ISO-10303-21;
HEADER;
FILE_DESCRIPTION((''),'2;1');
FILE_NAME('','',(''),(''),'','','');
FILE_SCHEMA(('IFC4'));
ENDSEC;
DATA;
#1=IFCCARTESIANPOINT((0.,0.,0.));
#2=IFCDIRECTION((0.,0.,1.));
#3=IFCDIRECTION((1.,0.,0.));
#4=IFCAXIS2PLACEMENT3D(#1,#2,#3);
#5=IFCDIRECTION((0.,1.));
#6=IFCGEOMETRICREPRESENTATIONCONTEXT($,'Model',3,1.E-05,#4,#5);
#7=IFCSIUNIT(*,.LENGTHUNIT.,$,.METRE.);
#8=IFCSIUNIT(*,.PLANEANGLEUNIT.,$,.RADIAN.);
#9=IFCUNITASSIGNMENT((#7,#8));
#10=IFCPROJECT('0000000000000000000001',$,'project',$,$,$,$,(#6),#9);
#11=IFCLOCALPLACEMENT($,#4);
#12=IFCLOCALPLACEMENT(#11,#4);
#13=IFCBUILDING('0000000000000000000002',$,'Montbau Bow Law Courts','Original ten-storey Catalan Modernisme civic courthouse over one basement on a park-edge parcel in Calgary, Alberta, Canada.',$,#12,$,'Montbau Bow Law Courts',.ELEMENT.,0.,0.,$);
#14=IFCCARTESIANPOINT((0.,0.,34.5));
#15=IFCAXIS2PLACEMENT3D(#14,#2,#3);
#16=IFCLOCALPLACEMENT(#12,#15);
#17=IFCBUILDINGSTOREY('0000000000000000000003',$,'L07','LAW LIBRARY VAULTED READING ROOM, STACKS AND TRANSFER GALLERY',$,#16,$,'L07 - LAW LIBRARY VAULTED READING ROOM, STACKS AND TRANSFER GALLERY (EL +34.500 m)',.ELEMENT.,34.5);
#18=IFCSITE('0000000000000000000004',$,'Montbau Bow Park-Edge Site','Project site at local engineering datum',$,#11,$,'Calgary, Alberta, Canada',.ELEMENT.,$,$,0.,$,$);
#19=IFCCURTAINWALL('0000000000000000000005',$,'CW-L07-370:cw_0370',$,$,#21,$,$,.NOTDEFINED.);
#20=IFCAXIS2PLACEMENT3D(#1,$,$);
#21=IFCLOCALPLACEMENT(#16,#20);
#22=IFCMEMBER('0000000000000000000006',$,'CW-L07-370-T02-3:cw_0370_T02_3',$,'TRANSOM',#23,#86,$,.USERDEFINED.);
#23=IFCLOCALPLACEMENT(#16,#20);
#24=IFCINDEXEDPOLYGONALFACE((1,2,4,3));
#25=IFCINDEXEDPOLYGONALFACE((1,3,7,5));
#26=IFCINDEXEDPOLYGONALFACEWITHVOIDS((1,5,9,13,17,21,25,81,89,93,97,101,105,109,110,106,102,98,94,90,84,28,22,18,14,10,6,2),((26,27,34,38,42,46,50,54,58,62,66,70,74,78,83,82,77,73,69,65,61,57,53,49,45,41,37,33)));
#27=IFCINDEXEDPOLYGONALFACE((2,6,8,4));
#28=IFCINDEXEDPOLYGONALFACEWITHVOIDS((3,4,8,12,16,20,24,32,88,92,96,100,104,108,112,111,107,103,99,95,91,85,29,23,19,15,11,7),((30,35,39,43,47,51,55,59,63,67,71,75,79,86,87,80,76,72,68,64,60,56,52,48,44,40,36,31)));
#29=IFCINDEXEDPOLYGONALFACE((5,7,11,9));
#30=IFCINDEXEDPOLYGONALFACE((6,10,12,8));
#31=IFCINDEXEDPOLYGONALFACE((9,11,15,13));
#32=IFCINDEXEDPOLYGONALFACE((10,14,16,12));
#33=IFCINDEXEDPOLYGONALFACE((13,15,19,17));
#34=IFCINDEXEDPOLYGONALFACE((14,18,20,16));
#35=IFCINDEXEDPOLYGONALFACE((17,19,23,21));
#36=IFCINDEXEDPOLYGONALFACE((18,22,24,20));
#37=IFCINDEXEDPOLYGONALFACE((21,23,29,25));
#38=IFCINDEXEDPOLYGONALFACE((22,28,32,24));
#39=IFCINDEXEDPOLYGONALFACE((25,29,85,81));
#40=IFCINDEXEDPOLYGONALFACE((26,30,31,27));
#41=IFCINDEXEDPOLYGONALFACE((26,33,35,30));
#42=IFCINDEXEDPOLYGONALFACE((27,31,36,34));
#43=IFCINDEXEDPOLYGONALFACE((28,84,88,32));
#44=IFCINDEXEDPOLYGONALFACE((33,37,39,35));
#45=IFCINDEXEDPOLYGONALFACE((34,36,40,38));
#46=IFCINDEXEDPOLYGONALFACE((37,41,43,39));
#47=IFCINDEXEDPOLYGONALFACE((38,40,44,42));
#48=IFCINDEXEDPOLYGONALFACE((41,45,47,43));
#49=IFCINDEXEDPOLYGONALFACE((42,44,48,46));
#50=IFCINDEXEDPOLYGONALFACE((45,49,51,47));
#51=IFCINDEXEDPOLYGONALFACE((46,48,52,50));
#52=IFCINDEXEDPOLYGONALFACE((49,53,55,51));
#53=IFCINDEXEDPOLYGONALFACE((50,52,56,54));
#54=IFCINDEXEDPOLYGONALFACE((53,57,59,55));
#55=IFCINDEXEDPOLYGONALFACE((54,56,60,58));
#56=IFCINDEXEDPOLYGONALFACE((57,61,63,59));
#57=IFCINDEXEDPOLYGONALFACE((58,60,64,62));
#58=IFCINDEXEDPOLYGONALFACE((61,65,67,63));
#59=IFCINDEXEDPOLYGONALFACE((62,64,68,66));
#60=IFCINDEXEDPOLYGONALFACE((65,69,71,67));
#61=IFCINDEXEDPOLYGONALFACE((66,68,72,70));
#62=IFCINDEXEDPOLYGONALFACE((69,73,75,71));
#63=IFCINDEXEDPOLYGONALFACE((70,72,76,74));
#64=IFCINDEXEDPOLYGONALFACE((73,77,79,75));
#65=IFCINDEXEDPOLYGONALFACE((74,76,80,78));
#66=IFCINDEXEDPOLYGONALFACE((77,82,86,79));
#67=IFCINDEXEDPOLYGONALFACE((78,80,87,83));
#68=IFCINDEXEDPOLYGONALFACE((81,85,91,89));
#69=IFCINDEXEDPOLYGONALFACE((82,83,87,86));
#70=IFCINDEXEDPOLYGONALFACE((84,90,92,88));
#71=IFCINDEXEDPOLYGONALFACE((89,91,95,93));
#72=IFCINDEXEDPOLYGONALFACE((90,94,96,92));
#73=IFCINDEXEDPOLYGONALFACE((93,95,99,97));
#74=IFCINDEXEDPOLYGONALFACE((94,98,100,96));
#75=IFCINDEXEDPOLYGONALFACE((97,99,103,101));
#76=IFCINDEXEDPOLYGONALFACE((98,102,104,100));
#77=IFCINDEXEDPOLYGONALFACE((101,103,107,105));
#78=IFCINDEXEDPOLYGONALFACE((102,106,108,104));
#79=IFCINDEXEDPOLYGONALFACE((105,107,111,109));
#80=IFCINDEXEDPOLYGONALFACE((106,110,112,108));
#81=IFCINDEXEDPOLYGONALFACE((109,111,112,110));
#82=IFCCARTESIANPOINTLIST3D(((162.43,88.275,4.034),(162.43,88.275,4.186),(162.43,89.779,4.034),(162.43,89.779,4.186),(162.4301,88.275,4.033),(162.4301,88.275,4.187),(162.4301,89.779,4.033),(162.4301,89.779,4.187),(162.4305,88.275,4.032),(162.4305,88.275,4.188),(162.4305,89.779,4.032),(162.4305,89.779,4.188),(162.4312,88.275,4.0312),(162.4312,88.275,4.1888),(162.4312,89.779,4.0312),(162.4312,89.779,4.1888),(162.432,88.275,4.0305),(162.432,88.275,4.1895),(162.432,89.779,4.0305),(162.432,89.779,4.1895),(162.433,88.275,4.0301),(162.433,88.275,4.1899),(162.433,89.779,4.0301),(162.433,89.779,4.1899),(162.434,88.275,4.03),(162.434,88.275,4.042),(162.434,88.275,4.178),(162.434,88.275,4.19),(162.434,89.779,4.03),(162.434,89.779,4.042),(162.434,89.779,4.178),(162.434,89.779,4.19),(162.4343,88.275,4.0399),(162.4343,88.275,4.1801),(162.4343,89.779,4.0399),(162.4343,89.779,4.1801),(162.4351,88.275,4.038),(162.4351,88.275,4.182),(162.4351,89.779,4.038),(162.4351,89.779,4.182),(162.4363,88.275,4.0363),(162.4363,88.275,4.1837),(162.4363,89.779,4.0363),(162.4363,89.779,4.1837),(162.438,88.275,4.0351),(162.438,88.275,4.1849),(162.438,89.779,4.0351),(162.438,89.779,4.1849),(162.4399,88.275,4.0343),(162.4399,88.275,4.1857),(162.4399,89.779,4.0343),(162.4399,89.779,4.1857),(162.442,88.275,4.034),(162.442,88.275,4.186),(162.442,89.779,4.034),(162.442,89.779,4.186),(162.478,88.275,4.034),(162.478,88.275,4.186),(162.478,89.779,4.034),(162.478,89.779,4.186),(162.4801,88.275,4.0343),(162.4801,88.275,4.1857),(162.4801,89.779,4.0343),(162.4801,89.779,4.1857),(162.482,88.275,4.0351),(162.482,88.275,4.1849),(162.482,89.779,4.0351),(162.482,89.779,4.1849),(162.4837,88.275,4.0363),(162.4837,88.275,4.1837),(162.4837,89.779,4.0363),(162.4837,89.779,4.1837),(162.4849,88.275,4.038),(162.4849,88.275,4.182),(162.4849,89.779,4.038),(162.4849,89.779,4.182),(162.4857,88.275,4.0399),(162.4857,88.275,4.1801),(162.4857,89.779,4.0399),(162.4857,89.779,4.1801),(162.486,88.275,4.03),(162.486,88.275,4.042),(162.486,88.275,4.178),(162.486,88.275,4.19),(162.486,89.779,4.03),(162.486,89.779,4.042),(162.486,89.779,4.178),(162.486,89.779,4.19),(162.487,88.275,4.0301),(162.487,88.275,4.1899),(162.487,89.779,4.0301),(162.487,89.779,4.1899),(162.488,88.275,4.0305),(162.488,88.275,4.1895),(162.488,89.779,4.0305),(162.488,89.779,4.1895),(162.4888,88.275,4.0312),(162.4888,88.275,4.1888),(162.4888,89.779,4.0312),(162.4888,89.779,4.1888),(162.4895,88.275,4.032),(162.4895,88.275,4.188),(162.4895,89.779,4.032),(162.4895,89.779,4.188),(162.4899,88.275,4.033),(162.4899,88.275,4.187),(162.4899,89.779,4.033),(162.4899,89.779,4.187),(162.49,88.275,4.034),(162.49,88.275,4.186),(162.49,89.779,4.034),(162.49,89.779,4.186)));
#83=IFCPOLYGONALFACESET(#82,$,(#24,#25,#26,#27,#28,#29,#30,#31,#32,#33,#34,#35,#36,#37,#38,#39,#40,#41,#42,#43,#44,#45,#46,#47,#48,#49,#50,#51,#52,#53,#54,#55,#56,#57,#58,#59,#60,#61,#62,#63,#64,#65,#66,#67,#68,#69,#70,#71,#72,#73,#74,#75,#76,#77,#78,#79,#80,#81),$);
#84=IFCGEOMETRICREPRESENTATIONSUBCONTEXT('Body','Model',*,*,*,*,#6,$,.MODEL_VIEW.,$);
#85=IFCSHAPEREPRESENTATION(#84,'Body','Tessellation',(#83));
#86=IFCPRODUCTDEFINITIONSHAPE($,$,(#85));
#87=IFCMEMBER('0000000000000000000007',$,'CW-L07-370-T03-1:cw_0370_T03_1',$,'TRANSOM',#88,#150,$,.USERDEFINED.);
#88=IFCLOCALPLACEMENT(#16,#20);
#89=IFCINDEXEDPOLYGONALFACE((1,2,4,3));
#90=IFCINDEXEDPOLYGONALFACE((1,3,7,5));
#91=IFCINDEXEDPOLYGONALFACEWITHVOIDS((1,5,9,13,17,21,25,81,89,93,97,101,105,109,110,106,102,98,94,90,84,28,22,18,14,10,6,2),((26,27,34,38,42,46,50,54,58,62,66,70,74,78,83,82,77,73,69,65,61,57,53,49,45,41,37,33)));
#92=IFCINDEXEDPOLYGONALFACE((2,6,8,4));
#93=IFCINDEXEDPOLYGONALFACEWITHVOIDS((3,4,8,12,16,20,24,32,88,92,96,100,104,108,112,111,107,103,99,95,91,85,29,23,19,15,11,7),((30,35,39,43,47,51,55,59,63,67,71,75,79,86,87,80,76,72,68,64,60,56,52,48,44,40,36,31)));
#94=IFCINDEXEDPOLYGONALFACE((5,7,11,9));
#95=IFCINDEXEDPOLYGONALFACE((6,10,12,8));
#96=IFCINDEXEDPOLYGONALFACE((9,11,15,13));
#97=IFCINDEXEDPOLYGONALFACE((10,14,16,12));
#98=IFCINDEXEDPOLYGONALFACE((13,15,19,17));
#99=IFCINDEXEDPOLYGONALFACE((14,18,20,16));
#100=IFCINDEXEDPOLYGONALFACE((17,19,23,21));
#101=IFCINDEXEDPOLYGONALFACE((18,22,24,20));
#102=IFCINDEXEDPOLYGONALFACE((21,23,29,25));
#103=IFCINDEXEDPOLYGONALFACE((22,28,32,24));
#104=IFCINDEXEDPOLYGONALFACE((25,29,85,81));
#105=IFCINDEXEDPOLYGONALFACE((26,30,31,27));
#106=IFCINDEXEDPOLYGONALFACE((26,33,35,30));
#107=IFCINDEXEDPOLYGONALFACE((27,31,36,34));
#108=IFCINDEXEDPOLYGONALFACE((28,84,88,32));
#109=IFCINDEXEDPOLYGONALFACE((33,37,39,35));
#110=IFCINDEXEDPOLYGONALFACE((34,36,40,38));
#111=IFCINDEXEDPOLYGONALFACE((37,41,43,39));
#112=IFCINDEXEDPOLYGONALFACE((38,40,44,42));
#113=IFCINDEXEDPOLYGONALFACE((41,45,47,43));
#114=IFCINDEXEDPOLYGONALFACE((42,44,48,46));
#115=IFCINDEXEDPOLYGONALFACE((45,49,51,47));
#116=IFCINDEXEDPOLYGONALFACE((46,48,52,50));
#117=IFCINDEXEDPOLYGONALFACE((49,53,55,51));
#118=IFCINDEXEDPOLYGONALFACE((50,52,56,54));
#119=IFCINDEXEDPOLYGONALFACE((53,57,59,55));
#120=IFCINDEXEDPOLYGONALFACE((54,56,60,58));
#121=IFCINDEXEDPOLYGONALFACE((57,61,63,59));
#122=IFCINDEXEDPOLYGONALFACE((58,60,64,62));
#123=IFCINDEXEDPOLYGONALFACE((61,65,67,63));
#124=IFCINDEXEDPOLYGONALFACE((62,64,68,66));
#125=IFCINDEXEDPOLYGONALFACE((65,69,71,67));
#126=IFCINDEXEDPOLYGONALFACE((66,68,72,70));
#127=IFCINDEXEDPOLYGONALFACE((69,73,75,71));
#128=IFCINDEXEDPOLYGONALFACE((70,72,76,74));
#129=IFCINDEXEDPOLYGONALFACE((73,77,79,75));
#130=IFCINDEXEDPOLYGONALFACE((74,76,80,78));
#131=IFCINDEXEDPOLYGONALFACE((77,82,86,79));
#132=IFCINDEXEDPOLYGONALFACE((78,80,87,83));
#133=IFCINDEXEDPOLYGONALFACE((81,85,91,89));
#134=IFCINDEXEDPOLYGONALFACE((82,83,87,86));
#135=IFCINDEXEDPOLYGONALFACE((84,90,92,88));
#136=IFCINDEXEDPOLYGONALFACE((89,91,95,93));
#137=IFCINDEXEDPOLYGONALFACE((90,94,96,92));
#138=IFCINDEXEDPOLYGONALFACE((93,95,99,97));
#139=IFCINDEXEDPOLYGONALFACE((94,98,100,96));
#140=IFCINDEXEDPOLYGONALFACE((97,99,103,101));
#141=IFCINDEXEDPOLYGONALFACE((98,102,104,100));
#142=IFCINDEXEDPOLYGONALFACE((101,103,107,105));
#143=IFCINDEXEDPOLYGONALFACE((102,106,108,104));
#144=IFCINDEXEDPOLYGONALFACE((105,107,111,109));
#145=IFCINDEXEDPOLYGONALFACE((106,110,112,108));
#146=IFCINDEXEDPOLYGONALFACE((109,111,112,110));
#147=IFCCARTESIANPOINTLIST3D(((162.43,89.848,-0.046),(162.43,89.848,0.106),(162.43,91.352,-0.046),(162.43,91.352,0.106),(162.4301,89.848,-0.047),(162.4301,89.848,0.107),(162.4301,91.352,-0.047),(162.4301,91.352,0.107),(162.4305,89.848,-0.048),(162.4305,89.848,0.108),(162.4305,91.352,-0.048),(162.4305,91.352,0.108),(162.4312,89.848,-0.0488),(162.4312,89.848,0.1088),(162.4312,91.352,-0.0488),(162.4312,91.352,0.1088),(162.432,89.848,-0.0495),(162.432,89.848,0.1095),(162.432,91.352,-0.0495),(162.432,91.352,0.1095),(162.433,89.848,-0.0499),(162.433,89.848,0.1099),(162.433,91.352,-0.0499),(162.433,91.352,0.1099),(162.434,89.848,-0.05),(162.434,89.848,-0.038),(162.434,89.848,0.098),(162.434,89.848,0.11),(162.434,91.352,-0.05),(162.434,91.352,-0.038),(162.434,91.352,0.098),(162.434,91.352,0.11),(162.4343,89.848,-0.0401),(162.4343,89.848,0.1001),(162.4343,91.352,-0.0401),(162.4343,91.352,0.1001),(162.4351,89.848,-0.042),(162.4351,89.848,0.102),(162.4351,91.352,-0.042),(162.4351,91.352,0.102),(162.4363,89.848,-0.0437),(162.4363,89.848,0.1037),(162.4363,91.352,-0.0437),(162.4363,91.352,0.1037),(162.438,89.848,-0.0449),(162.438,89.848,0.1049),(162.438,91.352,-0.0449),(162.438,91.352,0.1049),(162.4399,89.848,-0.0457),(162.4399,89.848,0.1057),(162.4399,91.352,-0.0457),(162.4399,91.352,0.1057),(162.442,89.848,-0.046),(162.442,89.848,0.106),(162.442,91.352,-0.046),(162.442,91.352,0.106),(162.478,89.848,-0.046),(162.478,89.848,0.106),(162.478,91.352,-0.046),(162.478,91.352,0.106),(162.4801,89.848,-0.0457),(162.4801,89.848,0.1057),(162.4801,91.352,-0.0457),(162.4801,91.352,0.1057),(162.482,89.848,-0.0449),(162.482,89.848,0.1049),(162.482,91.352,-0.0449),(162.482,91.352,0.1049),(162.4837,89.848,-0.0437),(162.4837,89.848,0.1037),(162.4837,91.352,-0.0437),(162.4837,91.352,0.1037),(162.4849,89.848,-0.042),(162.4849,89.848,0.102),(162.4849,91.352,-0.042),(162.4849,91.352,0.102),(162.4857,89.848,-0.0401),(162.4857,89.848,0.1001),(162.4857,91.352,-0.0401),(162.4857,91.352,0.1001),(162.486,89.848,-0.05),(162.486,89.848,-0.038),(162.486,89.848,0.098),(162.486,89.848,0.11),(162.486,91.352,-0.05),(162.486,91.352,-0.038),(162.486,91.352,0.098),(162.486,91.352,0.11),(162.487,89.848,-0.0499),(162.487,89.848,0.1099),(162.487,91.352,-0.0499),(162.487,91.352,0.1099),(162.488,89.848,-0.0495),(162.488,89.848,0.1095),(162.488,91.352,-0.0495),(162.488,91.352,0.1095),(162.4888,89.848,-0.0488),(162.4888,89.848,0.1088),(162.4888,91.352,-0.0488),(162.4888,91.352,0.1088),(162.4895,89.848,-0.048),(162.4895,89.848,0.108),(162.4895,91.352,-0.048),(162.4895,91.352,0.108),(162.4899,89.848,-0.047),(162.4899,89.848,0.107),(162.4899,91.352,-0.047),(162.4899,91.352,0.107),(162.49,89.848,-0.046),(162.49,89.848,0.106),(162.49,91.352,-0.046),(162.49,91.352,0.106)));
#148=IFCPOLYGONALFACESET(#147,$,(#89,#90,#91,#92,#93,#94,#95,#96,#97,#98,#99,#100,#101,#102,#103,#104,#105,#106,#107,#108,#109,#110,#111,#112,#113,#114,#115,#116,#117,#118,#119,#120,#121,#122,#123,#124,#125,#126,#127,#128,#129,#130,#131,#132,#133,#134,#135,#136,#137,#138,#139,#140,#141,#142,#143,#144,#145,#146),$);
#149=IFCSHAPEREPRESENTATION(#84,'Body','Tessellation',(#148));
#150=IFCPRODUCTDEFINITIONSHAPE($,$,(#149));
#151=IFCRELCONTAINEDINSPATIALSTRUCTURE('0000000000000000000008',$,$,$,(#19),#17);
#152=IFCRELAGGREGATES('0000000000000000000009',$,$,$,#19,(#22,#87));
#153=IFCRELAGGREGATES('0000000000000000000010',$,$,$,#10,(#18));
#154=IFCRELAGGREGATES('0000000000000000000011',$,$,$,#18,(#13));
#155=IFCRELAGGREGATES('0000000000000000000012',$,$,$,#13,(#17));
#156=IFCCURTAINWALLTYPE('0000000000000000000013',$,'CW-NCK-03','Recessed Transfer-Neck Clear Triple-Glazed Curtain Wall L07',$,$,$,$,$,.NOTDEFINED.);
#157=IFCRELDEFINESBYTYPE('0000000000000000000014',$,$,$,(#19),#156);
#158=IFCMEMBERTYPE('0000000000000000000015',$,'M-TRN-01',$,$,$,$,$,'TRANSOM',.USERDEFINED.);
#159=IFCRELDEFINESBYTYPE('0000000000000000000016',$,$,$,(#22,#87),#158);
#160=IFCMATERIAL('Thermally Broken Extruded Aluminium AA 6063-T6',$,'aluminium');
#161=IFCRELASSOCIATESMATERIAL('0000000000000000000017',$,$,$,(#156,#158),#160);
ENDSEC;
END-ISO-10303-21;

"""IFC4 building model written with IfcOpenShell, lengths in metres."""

from ifc_helpers import new_model, si_unit, direction, frame, origin_with_axes, origin_2d_with_axis, place, context, subcontext, project, spatial, hollow_rectangle, extrude, material, material_profile, profile_set, type_object, element, aggregate, save


model = new_model("IFC4")

# Units and contexts
model_context = context("Model", 3, precision=1e-05, world=origin_with_axes(), true_north=direction((0.0, 1.0)))
body_context = subcontext(model_context, "Body", "Model", "MODEL_VIEW")
ifc_project = project(units=[si_unit("LENGTHUNIT", "METRE"), si_unit("PLANEANGLEUNIT", "RADIAN")], contexts=[model_context])

# Site, building, storey
site_placement = place(None, origin_with_axes())
site = spatial("IfcSite", under=ifc_project, at=site_placement, Name="Montbau Bow Park-Edge Site", Description="Project site at local engineering datum", LongName="Calgary, Alberta, Canada", CompositionType="ELEMENT", RefElevation=0.0)
building_placement = place(site_placement, origin_with_axes())
building = spatial("IfcBuilding", under=site, at=building_placement, Name="Montbau Bow Law Courts", Description="Original ten-storey Catalan Modernisme civic courthouse over one basement on a park-edge parcel in Calgary, Alberta, Canada.", LongName="Montbau Bow Law Courts", CompositionType="ELEMENT", ElevationOfRefHeight=0.0, ElevationOfTerrain=0.0)
storey_placement = place(building_placement, frame((0.0, 0.0, 34.5), z_axis=(0.0, 0.0, 1.0), x_axis=(1.0, 0.0, 0.0)))
storey = spatial("IfcBuildingStorey", under=building, at=storey_placement, Name="L07", Description="LAW LIBRARY VAULTED READING ROOM, STACKS AND TRANSFER GALLERY", LongName="L07 - LAW LIBRARY VAULTED READING ROOM, STACKS AND TRANSFER GALLERY (EL +34.500 m)", CompositionType="ELEMENT", Elevation=34.5)

# Curtain wall
ifc_material_1 = material(Name="Thermally Broken Extruded Aluminium AA 6063-T6", Category="aluminium")
curtain_wall_type = type_object("IfcCurtainWallType", Name="CW-NCK-03", Description="Recessed Transfer-Neck Clear Triple-Glazed Curtain Wall L07", PredefinedType="NOTDEFINED", material=ifc_material_1)
curtain_wall_1_placement = place(None, frame((162.46, 86.668, 34.5), z_axis=(0.0, 0.0, 1.0), x_axis=(1.0, 0.0, 0.0)))
curtain_wall_1 = element("IfcCurtainWall", 1, at=curtain_wall_1_placement, inside=storey, type_object=curtain_wall_type, Name="CW-L07-370:cw_0370", PredefinedType="NOTDEFINED")

# Members
ifc_material_profile_1 = material_profile(ifc_material_1, hollow_rectangle(XDim=0.06, YDim=0.16, WallThickness=0.004, InnerFilletRadius=0.008, OuterFilletRadius=0.004, at=origin_2d_with_axis()), Name="CWT-160X60", Category="Main", Priority=0)
ifc_profile_set_1 = profile_set([ifc_material_profile_1], Name="Thermally Broken Extruded Aluminium AA 6063-T6")
member_type_1 = type_object("IfcMemberType", Name="M-TRN-01", ElementType="TRANSOM", PredefinedType="USERDEFINED", material=ifc_profile_set_1)
member_1_placement = place(None, frame((162.46, 88.275, 38.61), z_axis=(0.0, 1.0, 0.0), x_axis=(-1.0, 0.0, 0.0)))
member_1 = element("IfcMember", 2, at=member_1_placement, type_object=member_type_1, Name="CW-L07-370-T02-3:cw_0370_T02_3", ObjectType="TRANSOM", PredefinedType="USERDEFINED", context=body_context, shape_type="SweptSolid", body=[
    extrude(hollow_rectangle(XDim=0.06, YDim=0.16, WallThickness=0.004, InnerFilletRadius=0.008, OuterFilletRadius=0.004, at=origin_2d_with_axis()), origin_with_axes(), (0.0, 0.0, 1.0), 1.504),
])
member_2_placement = place(None, frame((162.46, 89.848, 34.53), z_axis=(0.0, 1.0, 0.0), x_axis=(-1.0, 0.0, 0.0)))
member_2 = element("IfcMember", 3, at=member_2_placement, type_object=member_type_1, Name="CW-L07-370-T03-1:cw_0370_T03_1", ObjectType="TRANSOM", PredefinedType="USERDEFINED", context=body_context, shape_type="SweptSolid", body=[
    extrude(hollow_rectangle(XDim=0.06, YDim=0.16, WallThickness=0.004, InnerFilletRadius=0.008, OuterFilletRadius=0.004, at=origin_2d_with_axis()), origin_with_axes(), (0.0, 0.0, 1.0), 1.504),
])

aggregate(curtain_wall_1, [member_1, member_2])

save(model, "model.ifc")
